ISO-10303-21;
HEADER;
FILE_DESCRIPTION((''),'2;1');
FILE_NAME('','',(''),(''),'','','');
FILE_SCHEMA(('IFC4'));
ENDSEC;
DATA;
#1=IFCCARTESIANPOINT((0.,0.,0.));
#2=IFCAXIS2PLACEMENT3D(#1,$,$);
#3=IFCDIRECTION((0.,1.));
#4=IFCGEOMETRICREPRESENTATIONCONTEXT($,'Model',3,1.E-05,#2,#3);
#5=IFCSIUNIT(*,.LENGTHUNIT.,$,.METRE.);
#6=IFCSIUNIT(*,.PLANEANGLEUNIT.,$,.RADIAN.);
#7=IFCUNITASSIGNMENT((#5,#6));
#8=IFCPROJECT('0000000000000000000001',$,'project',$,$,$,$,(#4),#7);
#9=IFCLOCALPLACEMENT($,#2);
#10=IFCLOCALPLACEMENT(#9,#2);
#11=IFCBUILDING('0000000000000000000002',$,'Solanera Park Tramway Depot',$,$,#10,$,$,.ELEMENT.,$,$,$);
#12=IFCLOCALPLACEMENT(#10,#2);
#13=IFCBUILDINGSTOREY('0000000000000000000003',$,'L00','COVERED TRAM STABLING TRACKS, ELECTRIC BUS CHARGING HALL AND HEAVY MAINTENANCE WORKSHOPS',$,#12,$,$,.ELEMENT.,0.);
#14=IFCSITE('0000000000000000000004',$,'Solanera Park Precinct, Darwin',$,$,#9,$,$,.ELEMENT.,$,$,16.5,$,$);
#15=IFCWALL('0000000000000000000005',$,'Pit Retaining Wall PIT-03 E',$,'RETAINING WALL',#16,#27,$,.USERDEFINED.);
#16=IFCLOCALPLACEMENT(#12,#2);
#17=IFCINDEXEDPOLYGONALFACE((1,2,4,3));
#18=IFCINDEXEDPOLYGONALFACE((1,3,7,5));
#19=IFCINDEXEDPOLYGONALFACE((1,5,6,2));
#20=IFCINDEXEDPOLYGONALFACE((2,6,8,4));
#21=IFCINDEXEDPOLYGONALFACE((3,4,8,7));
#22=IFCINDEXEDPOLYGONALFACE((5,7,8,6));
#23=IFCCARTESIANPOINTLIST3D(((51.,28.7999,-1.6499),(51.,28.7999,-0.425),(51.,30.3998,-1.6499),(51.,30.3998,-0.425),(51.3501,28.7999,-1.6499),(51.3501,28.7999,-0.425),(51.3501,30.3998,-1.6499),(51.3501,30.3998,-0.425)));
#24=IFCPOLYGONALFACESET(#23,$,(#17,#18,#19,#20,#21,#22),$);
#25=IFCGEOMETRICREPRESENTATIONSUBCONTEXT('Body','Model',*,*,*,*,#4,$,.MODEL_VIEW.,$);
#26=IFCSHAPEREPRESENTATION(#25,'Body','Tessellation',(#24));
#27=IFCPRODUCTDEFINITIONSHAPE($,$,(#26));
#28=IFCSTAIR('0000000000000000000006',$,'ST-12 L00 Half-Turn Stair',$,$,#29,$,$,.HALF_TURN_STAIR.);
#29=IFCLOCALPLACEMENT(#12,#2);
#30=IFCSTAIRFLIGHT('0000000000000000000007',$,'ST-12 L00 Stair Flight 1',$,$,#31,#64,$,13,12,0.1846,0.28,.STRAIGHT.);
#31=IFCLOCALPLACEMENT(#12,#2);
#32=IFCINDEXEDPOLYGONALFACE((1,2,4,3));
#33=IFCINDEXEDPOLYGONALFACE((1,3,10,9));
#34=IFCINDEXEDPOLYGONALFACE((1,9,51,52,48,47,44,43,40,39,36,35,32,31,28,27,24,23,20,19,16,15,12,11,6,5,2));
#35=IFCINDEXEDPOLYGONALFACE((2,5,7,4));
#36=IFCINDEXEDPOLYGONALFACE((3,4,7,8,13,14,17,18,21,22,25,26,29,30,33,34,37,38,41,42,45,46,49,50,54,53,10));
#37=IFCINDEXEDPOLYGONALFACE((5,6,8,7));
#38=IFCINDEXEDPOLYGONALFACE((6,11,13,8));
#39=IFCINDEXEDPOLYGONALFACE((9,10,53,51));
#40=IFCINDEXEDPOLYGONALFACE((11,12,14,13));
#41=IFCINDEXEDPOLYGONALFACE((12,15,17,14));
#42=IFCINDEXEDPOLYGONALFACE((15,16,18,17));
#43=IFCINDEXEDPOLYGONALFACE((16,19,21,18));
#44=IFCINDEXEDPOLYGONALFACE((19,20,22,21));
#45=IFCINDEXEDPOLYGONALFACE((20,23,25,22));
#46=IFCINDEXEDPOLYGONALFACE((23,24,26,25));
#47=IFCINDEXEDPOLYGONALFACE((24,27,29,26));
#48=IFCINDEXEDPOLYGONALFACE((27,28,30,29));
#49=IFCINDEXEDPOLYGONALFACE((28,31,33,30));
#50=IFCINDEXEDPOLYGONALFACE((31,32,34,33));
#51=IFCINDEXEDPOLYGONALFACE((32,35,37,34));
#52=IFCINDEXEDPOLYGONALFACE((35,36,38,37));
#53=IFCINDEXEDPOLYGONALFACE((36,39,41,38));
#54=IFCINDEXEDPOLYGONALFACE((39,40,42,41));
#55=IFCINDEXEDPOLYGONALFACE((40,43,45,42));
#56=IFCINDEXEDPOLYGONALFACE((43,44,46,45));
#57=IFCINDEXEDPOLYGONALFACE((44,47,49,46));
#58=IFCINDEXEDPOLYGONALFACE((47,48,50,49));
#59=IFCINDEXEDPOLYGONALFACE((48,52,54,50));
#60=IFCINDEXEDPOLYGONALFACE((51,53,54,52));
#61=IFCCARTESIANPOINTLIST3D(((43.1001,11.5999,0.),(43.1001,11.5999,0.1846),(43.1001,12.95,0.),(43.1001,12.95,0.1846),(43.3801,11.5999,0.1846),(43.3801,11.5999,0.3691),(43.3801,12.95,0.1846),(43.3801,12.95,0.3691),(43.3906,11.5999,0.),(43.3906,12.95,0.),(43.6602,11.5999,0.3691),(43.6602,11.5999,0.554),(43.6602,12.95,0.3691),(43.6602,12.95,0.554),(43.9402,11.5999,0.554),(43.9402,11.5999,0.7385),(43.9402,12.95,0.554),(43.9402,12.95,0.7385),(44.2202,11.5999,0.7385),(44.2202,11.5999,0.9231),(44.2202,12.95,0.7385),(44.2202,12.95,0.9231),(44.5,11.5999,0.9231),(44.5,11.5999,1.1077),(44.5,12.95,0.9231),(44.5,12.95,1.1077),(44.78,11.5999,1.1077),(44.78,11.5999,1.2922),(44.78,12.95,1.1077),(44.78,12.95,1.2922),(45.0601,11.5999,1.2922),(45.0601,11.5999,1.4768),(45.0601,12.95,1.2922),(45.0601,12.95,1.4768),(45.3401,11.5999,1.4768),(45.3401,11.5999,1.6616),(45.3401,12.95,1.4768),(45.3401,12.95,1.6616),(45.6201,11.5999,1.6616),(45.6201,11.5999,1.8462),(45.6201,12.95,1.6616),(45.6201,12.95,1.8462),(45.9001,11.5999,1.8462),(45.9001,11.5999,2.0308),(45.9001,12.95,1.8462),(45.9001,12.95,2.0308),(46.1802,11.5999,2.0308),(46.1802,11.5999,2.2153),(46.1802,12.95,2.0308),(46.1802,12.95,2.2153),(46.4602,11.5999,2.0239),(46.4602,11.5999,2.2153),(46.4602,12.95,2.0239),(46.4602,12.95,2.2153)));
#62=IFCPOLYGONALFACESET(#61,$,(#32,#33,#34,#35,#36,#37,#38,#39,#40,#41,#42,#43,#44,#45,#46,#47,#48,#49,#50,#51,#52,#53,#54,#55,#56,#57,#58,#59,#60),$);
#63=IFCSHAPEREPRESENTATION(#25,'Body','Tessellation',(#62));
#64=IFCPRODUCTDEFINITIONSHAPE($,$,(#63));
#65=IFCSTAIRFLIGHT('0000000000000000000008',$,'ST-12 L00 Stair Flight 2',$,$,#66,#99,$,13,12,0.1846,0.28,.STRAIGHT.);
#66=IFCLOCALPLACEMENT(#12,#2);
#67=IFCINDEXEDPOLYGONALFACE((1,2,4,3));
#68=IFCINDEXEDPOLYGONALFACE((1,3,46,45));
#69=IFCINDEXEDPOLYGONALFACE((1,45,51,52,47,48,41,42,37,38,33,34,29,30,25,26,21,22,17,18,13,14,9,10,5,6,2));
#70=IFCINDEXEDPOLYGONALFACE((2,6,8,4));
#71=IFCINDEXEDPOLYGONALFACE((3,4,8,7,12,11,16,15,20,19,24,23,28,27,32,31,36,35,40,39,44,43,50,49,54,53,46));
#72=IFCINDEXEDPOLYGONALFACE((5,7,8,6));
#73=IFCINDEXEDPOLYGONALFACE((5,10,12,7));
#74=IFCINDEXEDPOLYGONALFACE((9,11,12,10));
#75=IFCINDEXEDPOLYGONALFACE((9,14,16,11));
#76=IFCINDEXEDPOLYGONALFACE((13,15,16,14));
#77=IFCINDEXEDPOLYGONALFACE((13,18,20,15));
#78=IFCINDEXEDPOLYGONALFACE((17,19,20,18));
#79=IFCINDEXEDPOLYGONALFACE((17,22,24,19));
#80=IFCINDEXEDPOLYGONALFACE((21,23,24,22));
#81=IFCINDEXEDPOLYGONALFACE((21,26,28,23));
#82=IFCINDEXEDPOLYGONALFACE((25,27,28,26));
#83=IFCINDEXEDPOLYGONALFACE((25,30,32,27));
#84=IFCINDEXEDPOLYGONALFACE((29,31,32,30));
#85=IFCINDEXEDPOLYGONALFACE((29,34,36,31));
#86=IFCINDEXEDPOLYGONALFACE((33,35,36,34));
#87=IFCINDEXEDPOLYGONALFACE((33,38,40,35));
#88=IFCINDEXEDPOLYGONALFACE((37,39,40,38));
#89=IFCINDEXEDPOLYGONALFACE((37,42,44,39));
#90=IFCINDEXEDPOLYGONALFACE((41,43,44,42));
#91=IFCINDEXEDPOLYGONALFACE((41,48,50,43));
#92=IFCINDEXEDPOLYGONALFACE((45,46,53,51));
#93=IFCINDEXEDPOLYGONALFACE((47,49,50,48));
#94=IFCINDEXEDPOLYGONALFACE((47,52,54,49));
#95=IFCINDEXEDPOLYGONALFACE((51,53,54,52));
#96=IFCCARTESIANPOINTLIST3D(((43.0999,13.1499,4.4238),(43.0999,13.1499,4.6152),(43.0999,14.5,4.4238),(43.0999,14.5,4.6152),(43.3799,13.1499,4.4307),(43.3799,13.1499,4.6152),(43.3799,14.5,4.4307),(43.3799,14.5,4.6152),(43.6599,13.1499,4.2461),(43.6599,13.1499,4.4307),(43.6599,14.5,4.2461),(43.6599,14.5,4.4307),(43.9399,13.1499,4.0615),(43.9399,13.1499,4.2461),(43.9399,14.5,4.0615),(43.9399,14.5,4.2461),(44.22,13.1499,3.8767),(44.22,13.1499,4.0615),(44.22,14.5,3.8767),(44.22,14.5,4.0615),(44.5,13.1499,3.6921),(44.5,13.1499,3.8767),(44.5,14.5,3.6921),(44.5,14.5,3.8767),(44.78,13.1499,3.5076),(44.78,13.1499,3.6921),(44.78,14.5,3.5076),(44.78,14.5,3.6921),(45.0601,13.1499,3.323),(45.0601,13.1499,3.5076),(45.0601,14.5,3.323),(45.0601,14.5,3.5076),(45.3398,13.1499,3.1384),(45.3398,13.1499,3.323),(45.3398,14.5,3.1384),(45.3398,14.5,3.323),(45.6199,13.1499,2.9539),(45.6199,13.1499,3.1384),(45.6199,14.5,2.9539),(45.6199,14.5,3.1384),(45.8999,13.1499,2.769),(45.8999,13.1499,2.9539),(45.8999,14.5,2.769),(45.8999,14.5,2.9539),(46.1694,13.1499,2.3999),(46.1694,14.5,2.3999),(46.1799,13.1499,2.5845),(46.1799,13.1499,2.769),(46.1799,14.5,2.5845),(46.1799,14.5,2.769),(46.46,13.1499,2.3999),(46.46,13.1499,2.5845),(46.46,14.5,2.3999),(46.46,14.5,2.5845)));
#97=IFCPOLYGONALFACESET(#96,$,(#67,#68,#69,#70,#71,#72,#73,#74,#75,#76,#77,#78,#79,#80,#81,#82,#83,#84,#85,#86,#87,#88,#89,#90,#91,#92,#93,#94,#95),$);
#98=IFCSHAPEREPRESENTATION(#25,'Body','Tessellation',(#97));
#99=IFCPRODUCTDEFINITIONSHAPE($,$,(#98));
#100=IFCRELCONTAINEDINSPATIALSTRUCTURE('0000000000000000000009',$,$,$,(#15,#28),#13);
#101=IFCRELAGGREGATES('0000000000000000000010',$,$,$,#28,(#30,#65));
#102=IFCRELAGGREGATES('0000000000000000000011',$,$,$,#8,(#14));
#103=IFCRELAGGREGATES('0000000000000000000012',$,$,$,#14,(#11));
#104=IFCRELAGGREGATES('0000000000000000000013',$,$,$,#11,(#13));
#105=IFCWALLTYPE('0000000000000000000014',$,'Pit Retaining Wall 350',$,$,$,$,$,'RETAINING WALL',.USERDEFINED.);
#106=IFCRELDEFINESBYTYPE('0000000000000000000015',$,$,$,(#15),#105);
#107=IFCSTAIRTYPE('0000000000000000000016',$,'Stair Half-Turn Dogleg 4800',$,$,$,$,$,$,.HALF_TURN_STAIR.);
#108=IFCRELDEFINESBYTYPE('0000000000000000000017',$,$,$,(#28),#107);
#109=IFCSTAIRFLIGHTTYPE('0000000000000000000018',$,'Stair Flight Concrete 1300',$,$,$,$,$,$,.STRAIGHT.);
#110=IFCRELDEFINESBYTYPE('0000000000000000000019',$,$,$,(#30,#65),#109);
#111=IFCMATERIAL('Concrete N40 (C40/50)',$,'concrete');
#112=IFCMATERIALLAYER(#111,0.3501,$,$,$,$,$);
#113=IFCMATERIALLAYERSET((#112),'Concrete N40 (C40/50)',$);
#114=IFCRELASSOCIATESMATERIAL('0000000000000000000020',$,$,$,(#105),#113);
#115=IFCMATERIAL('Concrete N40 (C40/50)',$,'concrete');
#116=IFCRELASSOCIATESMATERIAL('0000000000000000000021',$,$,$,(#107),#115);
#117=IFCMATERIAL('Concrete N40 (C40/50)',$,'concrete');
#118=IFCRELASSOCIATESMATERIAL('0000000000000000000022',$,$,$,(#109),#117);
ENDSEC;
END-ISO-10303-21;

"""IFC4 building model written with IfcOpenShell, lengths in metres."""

from ifc_helpers import new_model, si_unit, direction, frame, frame_2d, origin, place, context, subcontext, project, spatial, polyline, rectangle, outline, extrude, material, layer, layer_set, type_object, element, aggregate, save


model = new_model("IFC4")

# Units and contexts
model_context = context("Model", 3, precision=1e-05, world=origin(), true_north=direction((0.0, 1.0)))
body_context = subcontext(model_context, "Body", "Model", "MODEL_VIEW")
ifc_project = project(units=[si_unit("LENGTHUNIT", "METRE"), si_unit("PLANEANGLEUNIT", "RADIAN")], contexts=[model_context])

# Site, building, storey
site_placement = place(None, origin())
site = spatial("IfcSite", under=ifc_project, at=site_placement, Name="Solanera Park Precinct, Darwin", CompositionType="ELEMENT", RefElevation=16.5)
building_placement = place(site_placement, origin())
building = spatial("IfcBuilding", under=site, at=building_placement, Name="Solanera Park Tramway Depot", CompositionType="ELEMENT")
storey_placement = place(building_placement, origin())
storey = spatial("IfcBuildingStorey", under=building, at=storey_placement, Name="L00", Description="COVERED TRAM STABLING TRACKS, ELECTRIC BUS CHARGING HALL AND HEAVY MAINTENANCE WORKSHOPS", CompositionType="ELEMENT", Elevation=0.0)

# Wall
ifc_material_1 = material(Name="Concrete N40 (C40/50)", Category="concrete")
ifc_layer_1 = layer(ifc_material_1, 0.3501)
ifc_layer_set_1 = layer_set([ifc_layer_1], Name="Concrete N40 (C40/50)")
wall_type_1 = type_object("IfcWallType", Name="Pit Retaining Wall 350", ElementType="RETAINING WALL", PredefinedType="USERDEFINED", material=ifc_layer_set_1)
wall_1_placement = place(storey_placement, frame((51.175, 28.8, -1.6499), z_axis=(0.0, 0.0, 1.0), x_axis=(0.0, 1.0, 0.0)))
element("IfcWall", 1, at=wall_1_placement, inside=storey, type_object=wall_type_1, Name="Pit Retaining Wall PIT-03 E", ObjectType="RETAINING WALL", PredefinedType="USERDEFINED", context=body_context, shape_type="SweptSolid", body=[
    extrude(rectangle(XDim=1.5999, YDim=0.3501, at=frame_2d((0.7998, 0.0))), origin(), (0.0, 0.0, 1.0), 1.2249),
])

# Stair, stair flights
ifc_material_2 = material(Name="Concrete N40 (C40/50)", Category="concrete")
stair_type = type_object("IfcStairType", Name="Stair Half-Turn Dogleg 4800", PredefinedType="HALF_TURN_STAIR", material=ifc_material_2)
stair_placement = place(storey_placement, origin())
stair = element("IfcStair", 2, at=stair_placement, inside=storey, type_object=stair_type, Name="ST-12 L00 Half-Turn Stair", PredefinedType="HALF_TURN_STAIR")
ifc_material_3 = material(Name="Concrete N40 (C40/50)", Category="concrete")
stair_flight_type = type_object("IfcStairFlightType", Name="Stair Flight Concrete 1300", PredefinedType="STRAIGHT", material=ifc_material_3)
stair_flight_1_placement = place(storey_placement, frame((43.1001, 12.2749, 0.0), z_axis=(0.0, 0.0, 1.0), x_axis=(1.0, 0.0, 0.0)))
stair_flight_1 = element("IfcStairFlight", 3, at=stair_flight_1_placement, type_object=stair_flight_type, Name="ST-12 L00 Stair Flight 1", NumberOfRisers=13, NumberOfTreads=12, PredefinedType="STRAIGHT", RiserHeight=0.1846, TreadLength=0.28, context=body_context, shape_type="SweptSolid", body=[
    extrude(outline(polyline([(0.0, 0.0), (0.0, 0.1846), (0.28, 0.1846), (0.28, 0.3691), (0.5601, 0.3691), (0.5601, 0.554), (0.8401, 0.554), (0.8401, 0.7385), (1.1201, 0.7385), (1.1201, 0.9231), (1.3999, 0.9231), (1.3999, 1.1077), (1.6799, 1.1077), (1.6799, 1.2922), (1.96, 1.2922), (1.96, 1.4768), (2.24, 1.4768), (2.24, 1.6616), (2.52, 1.6616), (2.52, 1.8462), (2.8, 1.8462), (2.8, 2.0308), (3.0801, 2.0308), (3.0801, 2.2153), (3.3601, 2.2153), (3.3601, 2.3999), (3.3601, 2.0239), (0.2905, 0.0), (0.0, 0.0)])), frame((0.0, 0.675, 0.0), z_axis=(0.0, -1.0, 0.0), x_axis=(1.0, 0.0, 0.0)), (0.0, 0.0, 1.0), 1.3501),
])
stair_flight_2_placement = place(storey_placement, frame((46.46, 13.825, 2.3999), z_axis=(0.0, 0.0, 1.0), x_axis=(-1.0, 0.0, 0.0)))
stair_flight_2 = element("IfcStairFlight", 4, at=stair_flight_2_placement, type_object=stair_flight_type, Name="ST-12 L00 Stair Flight 2", NumberOfRisers=13, NumberOfTreads=12, PredefinedType="STRAIGHT", RiserHeight=0.1846, TreadLength=0.28, context=body_context, shape_type="SweptSolid", body=[
    extrude(outline(polyline([(0.0, 0.0), (0.0, 0.1846), (0.28, 0.1846), (0.28, 0.3691), (0.5601, 0.3691), (0.5601, 0.554), (0.8401, 0.554), (0.8401, 0.7385), (1.1201, 0.7385), (1.1201, 0.9231), (1.3999, 0.9231), (1.3999, 1.1077), (1.6799, 1.1077), (1.6799, 1.2922), (1.96, 1.2922), (1.96, 1.4768), (2.24, 1.4768), (2.24, 1.6616), (2.52, 1.6616), (2.52, 1.8462), (2.8, 1.8462), (2.8, 2.0308), (3.0801, 2.0308), (3.0801, 2.2153), (3.3601, 2.2153), (3.3601, 2.3999), (3.3601, 2.0239), (0.2905, 0.0), (0.0, 0.0)])), frame((0.0, 0.675, 0.0), z_axis=(0.0, -1.0, 0.0), x_axis=(1.0, 0.0, 0.0)), (0.0, 0.0, 1.0), 1.3501),
])
aggregate(stair, [stair_flight_1, stair_flight_2])

save(model, "model.ifc")
